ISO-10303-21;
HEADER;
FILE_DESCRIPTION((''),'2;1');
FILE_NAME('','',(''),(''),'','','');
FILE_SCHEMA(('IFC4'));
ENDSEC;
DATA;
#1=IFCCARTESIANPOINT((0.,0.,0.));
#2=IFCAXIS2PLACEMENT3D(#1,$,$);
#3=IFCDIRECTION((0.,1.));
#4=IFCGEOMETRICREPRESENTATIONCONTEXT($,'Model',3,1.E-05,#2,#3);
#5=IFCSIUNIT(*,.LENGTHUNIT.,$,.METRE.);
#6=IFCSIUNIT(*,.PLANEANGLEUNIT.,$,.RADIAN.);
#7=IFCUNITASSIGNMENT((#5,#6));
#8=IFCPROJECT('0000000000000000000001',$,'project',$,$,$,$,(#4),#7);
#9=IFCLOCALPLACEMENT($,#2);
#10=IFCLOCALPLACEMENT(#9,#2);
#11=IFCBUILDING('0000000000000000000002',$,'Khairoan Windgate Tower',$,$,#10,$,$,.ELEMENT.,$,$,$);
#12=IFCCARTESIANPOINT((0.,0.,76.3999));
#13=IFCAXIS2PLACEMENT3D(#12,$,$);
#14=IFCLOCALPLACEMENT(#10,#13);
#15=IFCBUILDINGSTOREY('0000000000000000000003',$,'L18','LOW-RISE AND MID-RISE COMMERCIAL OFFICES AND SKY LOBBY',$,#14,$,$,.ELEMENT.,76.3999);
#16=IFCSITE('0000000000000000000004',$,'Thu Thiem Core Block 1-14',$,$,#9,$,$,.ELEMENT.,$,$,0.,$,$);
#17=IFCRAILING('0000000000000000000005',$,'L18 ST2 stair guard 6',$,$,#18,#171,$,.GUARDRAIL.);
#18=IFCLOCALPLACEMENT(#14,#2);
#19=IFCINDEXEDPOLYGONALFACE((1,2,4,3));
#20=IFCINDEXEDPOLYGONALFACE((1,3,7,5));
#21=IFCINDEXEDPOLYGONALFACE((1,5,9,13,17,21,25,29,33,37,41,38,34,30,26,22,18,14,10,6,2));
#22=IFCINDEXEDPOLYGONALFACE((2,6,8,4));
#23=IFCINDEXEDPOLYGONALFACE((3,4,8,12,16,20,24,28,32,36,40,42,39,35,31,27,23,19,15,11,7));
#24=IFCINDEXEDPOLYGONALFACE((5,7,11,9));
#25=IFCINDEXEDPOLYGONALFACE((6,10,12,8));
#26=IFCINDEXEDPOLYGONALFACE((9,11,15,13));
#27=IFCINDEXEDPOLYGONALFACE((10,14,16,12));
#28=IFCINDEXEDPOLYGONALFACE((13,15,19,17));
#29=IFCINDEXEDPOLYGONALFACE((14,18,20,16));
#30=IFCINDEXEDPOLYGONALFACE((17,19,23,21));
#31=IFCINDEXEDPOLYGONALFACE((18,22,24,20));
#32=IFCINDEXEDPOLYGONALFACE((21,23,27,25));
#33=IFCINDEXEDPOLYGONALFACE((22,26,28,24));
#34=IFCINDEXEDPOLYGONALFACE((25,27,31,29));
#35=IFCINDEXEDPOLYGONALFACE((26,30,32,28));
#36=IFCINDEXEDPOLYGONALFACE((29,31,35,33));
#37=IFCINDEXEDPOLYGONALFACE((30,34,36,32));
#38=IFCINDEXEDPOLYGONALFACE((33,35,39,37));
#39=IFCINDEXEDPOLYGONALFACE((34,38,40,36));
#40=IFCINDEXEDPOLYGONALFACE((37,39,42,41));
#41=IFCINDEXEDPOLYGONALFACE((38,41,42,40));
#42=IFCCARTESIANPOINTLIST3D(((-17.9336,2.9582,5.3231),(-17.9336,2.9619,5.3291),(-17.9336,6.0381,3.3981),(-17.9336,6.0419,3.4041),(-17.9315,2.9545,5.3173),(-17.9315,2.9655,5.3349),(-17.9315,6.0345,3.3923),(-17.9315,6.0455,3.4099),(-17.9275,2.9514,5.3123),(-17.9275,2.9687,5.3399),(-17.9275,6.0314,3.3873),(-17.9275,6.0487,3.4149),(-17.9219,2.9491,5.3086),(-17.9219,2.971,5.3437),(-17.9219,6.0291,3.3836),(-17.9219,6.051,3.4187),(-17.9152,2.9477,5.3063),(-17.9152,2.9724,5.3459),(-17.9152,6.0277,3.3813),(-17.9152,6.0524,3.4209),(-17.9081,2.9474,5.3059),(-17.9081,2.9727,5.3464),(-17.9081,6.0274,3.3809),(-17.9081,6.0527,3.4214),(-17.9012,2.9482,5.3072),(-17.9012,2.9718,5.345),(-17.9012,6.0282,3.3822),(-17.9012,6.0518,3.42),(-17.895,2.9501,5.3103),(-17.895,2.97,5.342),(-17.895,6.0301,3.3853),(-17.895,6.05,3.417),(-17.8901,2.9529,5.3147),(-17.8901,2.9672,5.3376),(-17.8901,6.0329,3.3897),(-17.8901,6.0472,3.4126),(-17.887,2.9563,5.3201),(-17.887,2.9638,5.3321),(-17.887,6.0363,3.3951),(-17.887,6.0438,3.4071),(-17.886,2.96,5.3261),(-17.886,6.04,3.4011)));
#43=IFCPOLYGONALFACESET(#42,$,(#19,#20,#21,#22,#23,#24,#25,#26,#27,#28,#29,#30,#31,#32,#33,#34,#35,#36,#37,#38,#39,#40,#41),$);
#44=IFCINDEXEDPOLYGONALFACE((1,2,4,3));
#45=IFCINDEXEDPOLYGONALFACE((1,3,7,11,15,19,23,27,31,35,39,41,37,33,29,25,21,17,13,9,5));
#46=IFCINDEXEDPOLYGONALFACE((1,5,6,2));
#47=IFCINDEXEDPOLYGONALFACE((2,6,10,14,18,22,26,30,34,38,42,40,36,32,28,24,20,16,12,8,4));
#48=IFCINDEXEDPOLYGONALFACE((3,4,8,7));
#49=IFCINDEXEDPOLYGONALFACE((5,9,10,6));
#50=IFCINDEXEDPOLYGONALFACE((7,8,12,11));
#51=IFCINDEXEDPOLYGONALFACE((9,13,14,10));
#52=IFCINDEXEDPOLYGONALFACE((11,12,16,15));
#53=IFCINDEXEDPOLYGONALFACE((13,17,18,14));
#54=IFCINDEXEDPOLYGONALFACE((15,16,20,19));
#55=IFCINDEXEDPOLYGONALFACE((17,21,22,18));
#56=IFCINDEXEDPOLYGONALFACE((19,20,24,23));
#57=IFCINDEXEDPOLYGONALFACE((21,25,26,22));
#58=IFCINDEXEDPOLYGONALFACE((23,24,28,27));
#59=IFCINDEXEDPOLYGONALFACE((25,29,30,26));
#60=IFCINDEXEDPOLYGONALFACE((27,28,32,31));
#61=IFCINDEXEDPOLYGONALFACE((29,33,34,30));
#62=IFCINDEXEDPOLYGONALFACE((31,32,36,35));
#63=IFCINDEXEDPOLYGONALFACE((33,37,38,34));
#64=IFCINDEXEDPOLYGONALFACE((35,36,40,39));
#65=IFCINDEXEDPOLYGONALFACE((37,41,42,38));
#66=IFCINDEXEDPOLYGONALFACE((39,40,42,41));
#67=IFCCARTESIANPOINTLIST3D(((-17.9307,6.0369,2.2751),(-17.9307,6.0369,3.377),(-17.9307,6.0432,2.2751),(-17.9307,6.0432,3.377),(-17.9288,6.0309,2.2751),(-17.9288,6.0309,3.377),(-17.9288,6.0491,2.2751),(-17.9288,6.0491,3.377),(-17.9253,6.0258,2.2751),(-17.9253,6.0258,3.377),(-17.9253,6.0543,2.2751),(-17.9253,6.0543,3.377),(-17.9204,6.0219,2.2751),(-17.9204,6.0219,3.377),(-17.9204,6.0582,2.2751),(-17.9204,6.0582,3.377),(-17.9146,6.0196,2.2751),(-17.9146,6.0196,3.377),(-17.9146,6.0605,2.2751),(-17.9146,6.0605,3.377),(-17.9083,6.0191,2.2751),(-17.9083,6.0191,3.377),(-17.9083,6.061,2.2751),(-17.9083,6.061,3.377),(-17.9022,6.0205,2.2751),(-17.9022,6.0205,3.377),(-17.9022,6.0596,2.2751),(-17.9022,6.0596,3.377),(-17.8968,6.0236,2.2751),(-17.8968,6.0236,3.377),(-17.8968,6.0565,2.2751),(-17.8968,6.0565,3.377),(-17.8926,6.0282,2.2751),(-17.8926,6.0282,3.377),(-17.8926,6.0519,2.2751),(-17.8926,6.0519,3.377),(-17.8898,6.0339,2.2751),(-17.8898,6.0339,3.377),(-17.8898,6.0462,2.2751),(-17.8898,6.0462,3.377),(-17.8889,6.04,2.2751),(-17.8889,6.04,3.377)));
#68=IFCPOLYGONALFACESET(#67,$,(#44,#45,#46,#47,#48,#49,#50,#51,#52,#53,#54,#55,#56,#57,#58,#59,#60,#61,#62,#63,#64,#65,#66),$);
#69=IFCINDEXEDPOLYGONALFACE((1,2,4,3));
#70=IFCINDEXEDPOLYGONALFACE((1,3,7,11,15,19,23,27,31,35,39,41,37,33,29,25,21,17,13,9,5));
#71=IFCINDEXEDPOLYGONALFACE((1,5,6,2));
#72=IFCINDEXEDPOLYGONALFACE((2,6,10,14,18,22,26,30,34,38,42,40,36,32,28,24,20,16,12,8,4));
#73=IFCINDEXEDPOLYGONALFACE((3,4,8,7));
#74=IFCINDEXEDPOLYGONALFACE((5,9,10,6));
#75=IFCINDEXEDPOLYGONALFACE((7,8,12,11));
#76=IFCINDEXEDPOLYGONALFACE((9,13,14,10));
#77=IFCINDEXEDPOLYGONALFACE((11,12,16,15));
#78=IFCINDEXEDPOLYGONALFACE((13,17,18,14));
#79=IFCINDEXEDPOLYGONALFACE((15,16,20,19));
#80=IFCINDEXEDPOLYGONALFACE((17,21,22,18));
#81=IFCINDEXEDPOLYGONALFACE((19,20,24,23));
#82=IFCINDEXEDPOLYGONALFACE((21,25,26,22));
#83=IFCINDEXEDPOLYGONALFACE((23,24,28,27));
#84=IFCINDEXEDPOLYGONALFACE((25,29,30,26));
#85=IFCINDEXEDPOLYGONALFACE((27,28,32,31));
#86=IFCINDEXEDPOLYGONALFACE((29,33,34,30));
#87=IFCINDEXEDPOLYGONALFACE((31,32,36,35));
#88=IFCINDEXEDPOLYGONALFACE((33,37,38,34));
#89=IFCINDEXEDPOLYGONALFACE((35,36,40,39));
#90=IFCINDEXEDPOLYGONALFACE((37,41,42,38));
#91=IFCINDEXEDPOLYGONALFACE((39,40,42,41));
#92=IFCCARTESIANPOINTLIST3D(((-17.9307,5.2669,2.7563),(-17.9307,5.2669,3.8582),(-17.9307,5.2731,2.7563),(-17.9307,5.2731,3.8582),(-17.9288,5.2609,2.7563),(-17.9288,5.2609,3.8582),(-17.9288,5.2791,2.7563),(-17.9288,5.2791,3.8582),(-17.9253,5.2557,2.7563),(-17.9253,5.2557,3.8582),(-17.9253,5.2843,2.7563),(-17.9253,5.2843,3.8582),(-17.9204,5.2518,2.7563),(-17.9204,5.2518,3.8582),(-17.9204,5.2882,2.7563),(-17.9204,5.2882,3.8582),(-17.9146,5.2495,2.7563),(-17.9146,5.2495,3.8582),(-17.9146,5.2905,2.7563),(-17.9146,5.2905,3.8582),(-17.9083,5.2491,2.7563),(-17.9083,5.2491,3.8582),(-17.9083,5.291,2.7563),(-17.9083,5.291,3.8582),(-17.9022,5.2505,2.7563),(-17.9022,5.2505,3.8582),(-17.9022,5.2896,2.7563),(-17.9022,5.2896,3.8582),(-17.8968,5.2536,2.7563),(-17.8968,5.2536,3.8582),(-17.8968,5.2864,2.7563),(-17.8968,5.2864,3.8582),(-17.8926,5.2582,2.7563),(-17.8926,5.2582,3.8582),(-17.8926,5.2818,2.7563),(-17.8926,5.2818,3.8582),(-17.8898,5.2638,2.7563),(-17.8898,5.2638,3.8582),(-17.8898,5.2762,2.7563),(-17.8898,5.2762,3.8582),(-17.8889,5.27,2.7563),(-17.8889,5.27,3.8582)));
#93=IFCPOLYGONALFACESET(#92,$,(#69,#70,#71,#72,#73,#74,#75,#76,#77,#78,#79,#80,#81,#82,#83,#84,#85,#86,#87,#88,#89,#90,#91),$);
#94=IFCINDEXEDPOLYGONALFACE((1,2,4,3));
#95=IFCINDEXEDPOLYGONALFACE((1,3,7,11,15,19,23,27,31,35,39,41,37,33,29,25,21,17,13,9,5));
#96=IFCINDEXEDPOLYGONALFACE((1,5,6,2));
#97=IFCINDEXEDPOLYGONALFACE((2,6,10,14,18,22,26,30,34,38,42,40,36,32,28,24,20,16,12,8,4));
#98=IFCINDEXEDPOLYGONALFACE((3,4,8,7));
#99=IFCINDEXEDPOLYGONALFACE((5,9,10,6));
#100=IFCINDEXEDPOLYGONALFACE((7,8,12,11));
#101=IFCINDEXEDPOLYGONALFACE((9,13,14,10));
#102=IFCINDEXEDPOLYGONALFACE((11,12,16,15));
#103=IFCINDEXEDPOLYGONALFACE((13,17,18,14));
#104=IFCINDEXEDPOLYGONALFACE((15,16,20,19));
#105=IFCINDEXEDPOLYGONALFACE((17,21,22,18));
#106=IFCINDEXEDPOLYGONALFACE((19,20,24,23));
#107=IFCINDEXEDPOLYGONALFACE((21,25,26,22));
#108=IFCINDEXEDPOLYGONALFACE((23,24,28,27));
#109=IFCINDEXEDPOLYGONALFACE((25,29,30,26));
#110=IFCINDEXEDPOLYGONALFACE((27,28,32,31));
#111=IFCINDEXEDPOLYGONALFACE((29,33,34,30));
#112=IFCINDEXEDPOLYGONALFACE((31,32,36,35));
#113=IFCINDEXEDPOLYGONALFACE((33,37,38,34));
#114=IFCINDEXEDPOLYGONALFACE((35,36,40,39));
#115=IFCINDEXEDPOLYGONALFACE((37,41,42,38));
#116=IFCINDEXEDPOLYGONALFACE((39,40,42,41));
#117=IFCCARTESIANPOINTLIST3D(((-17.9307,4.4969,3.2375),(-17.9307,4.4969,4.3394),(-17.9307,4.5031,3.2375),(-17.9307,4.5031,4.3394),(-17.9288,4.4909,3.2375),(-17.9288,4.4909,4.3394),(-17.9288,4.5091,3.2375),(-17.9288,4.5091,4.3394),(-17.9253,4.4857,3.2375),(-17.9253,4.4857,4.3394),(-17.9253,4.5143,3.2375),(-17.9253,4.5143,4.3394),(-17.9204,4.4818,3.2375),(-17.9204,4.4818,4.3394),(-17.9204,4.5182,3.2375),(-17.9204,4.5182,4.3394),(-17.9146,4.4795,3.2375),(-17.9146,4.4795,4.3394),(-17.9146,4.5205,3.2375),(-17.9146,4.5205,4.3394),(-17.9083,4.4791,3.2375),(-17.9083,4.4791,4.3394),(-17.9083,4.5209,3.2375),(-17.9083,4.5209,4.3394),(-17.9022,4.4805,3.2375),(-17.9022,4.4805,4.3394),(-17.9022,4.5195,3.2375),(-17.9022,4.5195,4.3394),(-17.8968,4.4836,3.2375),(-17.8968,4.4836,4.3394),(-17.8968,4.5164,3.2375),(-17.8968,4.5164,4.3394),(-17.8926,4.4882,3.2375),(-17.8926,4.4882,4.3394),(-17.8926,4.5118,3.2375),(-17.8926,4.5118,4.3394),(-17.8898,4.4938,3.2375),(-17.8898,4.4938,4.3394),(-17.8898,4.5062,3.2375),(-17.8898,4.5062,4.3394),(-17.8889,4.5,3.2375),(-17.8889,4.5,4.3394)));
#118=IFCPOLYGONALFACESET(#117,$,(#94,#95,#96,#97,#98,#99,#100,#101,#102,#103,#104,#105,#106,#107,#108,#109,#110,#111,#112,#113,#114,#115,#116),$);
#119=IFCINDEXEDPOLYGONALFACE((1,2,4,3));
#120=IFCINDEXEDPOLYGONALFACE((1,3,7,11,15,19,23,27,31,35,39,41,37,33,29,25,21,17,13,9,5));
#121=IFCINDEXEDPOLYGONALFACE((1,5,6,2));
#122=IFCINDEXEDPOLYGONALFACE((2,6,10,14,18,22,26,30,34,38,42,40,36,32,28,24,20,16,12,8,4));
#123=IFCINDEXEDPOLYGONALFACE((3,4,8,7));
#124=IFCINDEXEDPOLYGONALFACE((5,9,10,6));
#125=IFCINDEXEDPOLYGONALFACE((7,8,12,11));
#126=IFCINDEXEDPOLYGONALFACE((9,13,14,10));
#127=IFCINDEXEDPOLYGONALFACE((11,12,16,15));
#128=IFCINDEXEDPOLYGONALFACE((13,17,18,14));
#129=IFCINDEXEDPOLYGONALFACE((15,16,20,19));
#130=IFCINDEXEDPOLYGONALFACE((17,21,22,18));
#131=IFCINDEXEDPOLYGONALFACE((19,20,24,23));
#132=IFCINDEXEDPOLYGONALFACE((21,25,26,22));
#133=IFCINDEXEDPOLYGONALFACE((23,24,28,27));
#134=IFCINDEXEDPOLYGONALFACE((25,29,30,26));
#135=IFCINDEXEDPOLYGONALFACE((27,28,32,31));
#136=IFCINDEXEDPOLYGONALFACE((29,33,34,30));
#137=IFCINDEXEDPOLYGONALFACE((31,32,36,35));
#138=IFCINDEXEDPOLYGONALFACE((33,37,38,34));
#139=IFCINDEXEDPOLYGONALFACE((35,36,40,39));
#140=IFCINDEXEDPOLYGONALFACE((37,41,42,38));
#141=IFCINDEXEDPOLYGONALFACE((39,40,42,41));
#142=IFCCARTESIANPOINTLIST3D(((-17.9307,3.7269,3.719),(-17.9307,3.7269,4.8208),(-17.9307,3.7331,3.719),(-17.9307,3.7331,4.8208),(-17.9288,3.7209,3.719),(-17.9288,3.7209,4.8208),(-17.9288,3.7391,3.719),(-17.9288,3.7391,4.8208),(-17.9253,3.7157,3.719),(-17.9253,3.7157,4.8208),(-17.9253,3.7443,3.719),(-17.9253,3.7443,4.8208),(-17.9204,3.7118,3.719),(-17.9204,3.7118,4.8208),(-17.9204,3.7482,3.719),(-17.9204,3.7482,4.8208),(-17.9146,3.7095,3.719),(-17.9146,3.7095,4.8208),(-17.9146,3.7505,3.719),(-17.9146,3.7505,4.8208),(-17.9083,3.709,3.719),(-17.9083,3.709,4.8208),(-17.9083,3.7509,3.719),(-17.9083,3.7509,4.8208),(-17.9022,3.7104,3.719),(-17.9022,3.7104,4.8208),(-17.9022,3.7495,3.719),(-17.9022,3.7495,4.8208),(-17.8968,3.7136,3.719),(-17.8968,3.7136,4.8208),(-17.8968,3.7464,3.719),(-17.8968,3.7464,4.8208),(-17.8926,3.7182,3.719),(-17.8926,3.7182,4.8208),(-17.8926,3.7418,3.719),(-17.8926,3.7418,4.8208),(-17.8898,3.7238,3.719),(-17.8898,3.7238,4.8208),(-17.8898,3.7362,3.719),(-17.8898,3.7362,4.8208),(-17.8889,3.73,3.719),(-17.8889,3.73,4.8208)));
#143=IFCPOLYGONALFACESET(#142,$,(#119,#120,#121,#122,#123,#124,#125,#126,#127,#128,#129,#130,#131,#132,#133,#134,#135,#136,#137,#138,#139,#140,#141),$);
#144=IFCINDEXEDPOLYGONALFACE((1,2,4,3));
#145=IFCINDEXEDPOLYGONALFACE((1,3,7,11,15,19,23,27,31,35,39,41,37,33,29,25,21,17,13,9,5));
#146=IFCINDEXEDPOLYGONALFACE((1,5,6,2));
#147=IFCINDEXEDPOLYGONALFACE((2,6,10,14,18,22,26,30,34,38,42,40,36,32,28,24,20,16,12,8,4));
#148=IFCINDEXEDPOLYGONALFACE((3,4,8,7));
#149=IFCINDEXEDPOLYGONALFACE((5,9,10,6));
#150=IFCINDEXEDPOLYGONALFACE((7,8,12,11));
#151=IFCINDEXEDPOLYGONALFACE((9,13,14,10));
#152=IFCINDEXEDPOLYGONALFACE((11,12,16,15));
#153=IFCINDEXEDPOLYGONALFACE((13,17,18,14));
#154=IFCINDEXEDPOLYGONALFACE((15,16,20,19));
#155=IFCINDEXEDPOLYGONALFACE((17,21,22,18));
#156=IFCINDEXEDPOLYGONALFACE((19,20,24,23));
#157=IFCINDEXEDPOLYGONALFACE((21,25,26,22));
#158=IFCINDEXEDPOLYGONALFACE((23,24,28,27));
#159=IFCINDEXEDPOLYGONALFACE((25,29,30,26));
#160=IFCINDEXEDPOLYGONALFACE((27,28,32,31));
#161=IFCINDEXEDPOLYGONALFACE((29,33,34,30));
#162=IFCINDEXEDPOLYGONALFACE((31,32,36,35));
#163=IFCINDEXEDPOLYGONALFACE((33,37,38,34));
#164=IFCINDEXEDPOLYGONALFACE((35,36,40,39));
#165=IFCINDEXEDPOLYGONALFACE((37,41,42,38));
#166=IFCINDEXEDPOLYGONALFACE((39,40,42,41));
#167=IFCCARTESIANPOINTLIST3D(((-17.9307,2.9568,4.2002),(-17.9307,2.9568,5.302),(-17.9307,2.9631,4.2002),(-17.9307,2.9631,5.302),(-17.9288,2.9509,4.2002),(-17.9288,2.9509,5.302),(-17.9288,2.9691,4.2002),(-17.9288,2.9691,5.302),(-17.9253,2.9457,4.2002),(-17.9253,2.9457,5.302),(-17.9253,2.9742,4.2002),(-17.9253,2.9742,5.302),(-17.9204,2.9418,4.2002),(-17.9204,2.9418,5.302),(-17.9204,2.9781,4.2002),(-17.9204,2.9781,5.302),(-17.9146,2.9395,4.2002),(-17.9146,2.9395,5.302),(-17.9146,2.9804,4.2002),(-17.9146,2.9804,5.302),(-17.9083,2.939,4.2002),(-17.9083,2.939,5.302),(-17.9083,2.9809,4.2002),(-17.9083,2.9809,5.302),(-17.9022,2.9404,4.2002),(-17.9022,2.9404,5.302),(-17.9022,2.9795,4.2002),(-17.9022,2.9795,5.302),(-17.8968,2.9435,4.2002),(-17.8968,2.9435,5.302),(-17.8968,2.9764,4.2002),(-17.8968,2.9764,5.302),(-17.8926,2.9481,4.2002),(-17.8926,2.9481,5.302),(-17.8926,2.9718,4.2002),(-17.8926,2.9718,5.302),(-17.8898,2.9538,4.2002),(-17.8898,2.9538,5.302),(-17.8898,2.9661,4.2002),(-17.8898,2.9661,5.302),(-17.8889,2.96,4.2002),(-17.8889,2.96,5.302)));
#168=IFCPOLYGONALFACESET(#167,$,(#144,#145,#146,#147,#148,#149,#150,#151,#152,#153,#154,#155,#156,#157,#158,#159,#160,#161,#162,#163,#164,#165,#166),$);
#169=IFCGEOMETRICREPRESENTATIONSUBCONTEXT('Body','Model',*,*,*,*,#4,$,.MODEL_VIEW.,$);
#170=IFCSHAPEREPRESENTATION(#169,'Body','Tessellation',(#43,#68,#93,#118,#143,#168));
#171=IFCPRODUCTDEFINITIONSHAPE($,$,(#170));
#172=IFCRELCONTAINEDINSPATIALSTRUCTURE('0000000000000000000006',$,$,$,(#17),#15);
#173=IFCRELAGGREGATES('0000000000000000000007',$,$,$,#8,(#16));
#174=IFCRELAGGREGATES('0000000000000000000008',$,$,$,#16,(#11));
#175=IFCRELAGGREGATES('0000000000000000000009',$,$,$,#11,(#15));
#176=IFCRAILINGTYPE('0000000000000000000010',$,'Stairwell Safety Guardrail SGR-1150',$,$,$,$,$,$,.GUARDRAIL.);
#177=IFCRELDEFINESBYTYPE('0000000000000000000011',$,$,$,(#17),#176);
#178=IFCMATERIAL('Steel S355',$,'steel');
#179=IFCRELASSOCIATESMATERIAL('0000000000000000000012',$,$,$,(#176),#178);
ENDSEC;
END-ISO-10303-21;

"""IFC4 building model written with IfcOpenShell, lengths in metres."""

from ifc_helpers import new_model, si_unit, direction, frame, origin, origin_2d, place, context, subcontext, project, spatial, circle, extrude, material, type_object, element, save


model = new_model("IFC4")

# Units and contexts
model_context = context("Model", 3, precision=1e-05, world=origin(), true_north=direction((0.0, 1.0)))
body_context = subcontext(model_context, "Body", "Model", "MODEL_VIEW")
ifc_project = project(units=[si_unit("LENGTHUNIT", "METRE"), si_unit("PLANEANGLEUNIT", "RADIAN")], contexts=[model_context])

# Site, building, storey
site_placement = place(None, origin())
site = spatial("IfcSite", under=ifc_project, at=site_placement, Name="Thu Thiem Core Block 1-14", CompositionType="ELEMENT", RefElevation=0.0)
building_placement = place(site_placement, origin())
building = spatial("IfcBuilding", under=site, at=building_placement, Name="Khairoan Windgate Tower", CompositionType="ELEMENT")
storey_placement = place(building_placement, frame((0.0, 0.0, 76.3999)))
storey = spatial("IfcBuildingStorey", under=building, at=storey_placement, Name="L18", Description="LOW-RISE AND MID-RISE COMMERCIAL OFFICES AND SKY LOBBY", CompositionType="ELEMENT", Elevation=76.3999)

# Railing
ifc_material_1 = material(Name="Steel S355", Category="steel")
railing_type_1 = type_object("IfcRailingType", Name="Stairwell Safety Guardrail SGR-1150", PredefinedType="GUARDRAIL", material=ifc_material_1)
railing_1_placement = place(storey_placement, frame((-17.9099, 6.04, 2.2751)))
element("IfcRailing", 1, at=railing_1_placement, inside=storey, type_object=railing_type_1, Name="L18 ST2 stair guard 6", PredefinedType="GUARDRAIL", context=body_context, shape_type="SweptSolid", body=[
    extrude(circle(Radius=0.0239, at=origin_2d()), frame((0.0, 0.0, 1.126), z_axis=(0.0, -0.847998, 0.529999), x_axis=(1.0, 0.0, 0.0)), (0.0, 0.0, 1.0), 3.6321),
    extrude(circle(Radius=0.021, at=origin_2d()), origin(), (0.0, 0.0, 1.0), 1.1018),
    extrude(circle(Radius=0.021, at=origin_2d()), frame((0.0, -0.77, 0.4812)), (0.0, 0.0, 1.0), 1.1018),
    extrude(circle(Radius=0.021, at=origin_2d()), frame((0.0, -1.54, 0.9624)), (0.0, 0.0, 1.0), 1.1018),
    extrude(circle(Radius=0.021, at=origin_2d()), frame((0.0, -2.3101, 1.4438)), (0.0, 0.0, 1.0), 1.1018),
    extrude(circle(Radius=0.021, at=origin_2d()), frame((0.0, -3.0801, 1.925)), (0.0, 0.0, 1.0), 1.1018),
])

save(model, "model.ifc")
